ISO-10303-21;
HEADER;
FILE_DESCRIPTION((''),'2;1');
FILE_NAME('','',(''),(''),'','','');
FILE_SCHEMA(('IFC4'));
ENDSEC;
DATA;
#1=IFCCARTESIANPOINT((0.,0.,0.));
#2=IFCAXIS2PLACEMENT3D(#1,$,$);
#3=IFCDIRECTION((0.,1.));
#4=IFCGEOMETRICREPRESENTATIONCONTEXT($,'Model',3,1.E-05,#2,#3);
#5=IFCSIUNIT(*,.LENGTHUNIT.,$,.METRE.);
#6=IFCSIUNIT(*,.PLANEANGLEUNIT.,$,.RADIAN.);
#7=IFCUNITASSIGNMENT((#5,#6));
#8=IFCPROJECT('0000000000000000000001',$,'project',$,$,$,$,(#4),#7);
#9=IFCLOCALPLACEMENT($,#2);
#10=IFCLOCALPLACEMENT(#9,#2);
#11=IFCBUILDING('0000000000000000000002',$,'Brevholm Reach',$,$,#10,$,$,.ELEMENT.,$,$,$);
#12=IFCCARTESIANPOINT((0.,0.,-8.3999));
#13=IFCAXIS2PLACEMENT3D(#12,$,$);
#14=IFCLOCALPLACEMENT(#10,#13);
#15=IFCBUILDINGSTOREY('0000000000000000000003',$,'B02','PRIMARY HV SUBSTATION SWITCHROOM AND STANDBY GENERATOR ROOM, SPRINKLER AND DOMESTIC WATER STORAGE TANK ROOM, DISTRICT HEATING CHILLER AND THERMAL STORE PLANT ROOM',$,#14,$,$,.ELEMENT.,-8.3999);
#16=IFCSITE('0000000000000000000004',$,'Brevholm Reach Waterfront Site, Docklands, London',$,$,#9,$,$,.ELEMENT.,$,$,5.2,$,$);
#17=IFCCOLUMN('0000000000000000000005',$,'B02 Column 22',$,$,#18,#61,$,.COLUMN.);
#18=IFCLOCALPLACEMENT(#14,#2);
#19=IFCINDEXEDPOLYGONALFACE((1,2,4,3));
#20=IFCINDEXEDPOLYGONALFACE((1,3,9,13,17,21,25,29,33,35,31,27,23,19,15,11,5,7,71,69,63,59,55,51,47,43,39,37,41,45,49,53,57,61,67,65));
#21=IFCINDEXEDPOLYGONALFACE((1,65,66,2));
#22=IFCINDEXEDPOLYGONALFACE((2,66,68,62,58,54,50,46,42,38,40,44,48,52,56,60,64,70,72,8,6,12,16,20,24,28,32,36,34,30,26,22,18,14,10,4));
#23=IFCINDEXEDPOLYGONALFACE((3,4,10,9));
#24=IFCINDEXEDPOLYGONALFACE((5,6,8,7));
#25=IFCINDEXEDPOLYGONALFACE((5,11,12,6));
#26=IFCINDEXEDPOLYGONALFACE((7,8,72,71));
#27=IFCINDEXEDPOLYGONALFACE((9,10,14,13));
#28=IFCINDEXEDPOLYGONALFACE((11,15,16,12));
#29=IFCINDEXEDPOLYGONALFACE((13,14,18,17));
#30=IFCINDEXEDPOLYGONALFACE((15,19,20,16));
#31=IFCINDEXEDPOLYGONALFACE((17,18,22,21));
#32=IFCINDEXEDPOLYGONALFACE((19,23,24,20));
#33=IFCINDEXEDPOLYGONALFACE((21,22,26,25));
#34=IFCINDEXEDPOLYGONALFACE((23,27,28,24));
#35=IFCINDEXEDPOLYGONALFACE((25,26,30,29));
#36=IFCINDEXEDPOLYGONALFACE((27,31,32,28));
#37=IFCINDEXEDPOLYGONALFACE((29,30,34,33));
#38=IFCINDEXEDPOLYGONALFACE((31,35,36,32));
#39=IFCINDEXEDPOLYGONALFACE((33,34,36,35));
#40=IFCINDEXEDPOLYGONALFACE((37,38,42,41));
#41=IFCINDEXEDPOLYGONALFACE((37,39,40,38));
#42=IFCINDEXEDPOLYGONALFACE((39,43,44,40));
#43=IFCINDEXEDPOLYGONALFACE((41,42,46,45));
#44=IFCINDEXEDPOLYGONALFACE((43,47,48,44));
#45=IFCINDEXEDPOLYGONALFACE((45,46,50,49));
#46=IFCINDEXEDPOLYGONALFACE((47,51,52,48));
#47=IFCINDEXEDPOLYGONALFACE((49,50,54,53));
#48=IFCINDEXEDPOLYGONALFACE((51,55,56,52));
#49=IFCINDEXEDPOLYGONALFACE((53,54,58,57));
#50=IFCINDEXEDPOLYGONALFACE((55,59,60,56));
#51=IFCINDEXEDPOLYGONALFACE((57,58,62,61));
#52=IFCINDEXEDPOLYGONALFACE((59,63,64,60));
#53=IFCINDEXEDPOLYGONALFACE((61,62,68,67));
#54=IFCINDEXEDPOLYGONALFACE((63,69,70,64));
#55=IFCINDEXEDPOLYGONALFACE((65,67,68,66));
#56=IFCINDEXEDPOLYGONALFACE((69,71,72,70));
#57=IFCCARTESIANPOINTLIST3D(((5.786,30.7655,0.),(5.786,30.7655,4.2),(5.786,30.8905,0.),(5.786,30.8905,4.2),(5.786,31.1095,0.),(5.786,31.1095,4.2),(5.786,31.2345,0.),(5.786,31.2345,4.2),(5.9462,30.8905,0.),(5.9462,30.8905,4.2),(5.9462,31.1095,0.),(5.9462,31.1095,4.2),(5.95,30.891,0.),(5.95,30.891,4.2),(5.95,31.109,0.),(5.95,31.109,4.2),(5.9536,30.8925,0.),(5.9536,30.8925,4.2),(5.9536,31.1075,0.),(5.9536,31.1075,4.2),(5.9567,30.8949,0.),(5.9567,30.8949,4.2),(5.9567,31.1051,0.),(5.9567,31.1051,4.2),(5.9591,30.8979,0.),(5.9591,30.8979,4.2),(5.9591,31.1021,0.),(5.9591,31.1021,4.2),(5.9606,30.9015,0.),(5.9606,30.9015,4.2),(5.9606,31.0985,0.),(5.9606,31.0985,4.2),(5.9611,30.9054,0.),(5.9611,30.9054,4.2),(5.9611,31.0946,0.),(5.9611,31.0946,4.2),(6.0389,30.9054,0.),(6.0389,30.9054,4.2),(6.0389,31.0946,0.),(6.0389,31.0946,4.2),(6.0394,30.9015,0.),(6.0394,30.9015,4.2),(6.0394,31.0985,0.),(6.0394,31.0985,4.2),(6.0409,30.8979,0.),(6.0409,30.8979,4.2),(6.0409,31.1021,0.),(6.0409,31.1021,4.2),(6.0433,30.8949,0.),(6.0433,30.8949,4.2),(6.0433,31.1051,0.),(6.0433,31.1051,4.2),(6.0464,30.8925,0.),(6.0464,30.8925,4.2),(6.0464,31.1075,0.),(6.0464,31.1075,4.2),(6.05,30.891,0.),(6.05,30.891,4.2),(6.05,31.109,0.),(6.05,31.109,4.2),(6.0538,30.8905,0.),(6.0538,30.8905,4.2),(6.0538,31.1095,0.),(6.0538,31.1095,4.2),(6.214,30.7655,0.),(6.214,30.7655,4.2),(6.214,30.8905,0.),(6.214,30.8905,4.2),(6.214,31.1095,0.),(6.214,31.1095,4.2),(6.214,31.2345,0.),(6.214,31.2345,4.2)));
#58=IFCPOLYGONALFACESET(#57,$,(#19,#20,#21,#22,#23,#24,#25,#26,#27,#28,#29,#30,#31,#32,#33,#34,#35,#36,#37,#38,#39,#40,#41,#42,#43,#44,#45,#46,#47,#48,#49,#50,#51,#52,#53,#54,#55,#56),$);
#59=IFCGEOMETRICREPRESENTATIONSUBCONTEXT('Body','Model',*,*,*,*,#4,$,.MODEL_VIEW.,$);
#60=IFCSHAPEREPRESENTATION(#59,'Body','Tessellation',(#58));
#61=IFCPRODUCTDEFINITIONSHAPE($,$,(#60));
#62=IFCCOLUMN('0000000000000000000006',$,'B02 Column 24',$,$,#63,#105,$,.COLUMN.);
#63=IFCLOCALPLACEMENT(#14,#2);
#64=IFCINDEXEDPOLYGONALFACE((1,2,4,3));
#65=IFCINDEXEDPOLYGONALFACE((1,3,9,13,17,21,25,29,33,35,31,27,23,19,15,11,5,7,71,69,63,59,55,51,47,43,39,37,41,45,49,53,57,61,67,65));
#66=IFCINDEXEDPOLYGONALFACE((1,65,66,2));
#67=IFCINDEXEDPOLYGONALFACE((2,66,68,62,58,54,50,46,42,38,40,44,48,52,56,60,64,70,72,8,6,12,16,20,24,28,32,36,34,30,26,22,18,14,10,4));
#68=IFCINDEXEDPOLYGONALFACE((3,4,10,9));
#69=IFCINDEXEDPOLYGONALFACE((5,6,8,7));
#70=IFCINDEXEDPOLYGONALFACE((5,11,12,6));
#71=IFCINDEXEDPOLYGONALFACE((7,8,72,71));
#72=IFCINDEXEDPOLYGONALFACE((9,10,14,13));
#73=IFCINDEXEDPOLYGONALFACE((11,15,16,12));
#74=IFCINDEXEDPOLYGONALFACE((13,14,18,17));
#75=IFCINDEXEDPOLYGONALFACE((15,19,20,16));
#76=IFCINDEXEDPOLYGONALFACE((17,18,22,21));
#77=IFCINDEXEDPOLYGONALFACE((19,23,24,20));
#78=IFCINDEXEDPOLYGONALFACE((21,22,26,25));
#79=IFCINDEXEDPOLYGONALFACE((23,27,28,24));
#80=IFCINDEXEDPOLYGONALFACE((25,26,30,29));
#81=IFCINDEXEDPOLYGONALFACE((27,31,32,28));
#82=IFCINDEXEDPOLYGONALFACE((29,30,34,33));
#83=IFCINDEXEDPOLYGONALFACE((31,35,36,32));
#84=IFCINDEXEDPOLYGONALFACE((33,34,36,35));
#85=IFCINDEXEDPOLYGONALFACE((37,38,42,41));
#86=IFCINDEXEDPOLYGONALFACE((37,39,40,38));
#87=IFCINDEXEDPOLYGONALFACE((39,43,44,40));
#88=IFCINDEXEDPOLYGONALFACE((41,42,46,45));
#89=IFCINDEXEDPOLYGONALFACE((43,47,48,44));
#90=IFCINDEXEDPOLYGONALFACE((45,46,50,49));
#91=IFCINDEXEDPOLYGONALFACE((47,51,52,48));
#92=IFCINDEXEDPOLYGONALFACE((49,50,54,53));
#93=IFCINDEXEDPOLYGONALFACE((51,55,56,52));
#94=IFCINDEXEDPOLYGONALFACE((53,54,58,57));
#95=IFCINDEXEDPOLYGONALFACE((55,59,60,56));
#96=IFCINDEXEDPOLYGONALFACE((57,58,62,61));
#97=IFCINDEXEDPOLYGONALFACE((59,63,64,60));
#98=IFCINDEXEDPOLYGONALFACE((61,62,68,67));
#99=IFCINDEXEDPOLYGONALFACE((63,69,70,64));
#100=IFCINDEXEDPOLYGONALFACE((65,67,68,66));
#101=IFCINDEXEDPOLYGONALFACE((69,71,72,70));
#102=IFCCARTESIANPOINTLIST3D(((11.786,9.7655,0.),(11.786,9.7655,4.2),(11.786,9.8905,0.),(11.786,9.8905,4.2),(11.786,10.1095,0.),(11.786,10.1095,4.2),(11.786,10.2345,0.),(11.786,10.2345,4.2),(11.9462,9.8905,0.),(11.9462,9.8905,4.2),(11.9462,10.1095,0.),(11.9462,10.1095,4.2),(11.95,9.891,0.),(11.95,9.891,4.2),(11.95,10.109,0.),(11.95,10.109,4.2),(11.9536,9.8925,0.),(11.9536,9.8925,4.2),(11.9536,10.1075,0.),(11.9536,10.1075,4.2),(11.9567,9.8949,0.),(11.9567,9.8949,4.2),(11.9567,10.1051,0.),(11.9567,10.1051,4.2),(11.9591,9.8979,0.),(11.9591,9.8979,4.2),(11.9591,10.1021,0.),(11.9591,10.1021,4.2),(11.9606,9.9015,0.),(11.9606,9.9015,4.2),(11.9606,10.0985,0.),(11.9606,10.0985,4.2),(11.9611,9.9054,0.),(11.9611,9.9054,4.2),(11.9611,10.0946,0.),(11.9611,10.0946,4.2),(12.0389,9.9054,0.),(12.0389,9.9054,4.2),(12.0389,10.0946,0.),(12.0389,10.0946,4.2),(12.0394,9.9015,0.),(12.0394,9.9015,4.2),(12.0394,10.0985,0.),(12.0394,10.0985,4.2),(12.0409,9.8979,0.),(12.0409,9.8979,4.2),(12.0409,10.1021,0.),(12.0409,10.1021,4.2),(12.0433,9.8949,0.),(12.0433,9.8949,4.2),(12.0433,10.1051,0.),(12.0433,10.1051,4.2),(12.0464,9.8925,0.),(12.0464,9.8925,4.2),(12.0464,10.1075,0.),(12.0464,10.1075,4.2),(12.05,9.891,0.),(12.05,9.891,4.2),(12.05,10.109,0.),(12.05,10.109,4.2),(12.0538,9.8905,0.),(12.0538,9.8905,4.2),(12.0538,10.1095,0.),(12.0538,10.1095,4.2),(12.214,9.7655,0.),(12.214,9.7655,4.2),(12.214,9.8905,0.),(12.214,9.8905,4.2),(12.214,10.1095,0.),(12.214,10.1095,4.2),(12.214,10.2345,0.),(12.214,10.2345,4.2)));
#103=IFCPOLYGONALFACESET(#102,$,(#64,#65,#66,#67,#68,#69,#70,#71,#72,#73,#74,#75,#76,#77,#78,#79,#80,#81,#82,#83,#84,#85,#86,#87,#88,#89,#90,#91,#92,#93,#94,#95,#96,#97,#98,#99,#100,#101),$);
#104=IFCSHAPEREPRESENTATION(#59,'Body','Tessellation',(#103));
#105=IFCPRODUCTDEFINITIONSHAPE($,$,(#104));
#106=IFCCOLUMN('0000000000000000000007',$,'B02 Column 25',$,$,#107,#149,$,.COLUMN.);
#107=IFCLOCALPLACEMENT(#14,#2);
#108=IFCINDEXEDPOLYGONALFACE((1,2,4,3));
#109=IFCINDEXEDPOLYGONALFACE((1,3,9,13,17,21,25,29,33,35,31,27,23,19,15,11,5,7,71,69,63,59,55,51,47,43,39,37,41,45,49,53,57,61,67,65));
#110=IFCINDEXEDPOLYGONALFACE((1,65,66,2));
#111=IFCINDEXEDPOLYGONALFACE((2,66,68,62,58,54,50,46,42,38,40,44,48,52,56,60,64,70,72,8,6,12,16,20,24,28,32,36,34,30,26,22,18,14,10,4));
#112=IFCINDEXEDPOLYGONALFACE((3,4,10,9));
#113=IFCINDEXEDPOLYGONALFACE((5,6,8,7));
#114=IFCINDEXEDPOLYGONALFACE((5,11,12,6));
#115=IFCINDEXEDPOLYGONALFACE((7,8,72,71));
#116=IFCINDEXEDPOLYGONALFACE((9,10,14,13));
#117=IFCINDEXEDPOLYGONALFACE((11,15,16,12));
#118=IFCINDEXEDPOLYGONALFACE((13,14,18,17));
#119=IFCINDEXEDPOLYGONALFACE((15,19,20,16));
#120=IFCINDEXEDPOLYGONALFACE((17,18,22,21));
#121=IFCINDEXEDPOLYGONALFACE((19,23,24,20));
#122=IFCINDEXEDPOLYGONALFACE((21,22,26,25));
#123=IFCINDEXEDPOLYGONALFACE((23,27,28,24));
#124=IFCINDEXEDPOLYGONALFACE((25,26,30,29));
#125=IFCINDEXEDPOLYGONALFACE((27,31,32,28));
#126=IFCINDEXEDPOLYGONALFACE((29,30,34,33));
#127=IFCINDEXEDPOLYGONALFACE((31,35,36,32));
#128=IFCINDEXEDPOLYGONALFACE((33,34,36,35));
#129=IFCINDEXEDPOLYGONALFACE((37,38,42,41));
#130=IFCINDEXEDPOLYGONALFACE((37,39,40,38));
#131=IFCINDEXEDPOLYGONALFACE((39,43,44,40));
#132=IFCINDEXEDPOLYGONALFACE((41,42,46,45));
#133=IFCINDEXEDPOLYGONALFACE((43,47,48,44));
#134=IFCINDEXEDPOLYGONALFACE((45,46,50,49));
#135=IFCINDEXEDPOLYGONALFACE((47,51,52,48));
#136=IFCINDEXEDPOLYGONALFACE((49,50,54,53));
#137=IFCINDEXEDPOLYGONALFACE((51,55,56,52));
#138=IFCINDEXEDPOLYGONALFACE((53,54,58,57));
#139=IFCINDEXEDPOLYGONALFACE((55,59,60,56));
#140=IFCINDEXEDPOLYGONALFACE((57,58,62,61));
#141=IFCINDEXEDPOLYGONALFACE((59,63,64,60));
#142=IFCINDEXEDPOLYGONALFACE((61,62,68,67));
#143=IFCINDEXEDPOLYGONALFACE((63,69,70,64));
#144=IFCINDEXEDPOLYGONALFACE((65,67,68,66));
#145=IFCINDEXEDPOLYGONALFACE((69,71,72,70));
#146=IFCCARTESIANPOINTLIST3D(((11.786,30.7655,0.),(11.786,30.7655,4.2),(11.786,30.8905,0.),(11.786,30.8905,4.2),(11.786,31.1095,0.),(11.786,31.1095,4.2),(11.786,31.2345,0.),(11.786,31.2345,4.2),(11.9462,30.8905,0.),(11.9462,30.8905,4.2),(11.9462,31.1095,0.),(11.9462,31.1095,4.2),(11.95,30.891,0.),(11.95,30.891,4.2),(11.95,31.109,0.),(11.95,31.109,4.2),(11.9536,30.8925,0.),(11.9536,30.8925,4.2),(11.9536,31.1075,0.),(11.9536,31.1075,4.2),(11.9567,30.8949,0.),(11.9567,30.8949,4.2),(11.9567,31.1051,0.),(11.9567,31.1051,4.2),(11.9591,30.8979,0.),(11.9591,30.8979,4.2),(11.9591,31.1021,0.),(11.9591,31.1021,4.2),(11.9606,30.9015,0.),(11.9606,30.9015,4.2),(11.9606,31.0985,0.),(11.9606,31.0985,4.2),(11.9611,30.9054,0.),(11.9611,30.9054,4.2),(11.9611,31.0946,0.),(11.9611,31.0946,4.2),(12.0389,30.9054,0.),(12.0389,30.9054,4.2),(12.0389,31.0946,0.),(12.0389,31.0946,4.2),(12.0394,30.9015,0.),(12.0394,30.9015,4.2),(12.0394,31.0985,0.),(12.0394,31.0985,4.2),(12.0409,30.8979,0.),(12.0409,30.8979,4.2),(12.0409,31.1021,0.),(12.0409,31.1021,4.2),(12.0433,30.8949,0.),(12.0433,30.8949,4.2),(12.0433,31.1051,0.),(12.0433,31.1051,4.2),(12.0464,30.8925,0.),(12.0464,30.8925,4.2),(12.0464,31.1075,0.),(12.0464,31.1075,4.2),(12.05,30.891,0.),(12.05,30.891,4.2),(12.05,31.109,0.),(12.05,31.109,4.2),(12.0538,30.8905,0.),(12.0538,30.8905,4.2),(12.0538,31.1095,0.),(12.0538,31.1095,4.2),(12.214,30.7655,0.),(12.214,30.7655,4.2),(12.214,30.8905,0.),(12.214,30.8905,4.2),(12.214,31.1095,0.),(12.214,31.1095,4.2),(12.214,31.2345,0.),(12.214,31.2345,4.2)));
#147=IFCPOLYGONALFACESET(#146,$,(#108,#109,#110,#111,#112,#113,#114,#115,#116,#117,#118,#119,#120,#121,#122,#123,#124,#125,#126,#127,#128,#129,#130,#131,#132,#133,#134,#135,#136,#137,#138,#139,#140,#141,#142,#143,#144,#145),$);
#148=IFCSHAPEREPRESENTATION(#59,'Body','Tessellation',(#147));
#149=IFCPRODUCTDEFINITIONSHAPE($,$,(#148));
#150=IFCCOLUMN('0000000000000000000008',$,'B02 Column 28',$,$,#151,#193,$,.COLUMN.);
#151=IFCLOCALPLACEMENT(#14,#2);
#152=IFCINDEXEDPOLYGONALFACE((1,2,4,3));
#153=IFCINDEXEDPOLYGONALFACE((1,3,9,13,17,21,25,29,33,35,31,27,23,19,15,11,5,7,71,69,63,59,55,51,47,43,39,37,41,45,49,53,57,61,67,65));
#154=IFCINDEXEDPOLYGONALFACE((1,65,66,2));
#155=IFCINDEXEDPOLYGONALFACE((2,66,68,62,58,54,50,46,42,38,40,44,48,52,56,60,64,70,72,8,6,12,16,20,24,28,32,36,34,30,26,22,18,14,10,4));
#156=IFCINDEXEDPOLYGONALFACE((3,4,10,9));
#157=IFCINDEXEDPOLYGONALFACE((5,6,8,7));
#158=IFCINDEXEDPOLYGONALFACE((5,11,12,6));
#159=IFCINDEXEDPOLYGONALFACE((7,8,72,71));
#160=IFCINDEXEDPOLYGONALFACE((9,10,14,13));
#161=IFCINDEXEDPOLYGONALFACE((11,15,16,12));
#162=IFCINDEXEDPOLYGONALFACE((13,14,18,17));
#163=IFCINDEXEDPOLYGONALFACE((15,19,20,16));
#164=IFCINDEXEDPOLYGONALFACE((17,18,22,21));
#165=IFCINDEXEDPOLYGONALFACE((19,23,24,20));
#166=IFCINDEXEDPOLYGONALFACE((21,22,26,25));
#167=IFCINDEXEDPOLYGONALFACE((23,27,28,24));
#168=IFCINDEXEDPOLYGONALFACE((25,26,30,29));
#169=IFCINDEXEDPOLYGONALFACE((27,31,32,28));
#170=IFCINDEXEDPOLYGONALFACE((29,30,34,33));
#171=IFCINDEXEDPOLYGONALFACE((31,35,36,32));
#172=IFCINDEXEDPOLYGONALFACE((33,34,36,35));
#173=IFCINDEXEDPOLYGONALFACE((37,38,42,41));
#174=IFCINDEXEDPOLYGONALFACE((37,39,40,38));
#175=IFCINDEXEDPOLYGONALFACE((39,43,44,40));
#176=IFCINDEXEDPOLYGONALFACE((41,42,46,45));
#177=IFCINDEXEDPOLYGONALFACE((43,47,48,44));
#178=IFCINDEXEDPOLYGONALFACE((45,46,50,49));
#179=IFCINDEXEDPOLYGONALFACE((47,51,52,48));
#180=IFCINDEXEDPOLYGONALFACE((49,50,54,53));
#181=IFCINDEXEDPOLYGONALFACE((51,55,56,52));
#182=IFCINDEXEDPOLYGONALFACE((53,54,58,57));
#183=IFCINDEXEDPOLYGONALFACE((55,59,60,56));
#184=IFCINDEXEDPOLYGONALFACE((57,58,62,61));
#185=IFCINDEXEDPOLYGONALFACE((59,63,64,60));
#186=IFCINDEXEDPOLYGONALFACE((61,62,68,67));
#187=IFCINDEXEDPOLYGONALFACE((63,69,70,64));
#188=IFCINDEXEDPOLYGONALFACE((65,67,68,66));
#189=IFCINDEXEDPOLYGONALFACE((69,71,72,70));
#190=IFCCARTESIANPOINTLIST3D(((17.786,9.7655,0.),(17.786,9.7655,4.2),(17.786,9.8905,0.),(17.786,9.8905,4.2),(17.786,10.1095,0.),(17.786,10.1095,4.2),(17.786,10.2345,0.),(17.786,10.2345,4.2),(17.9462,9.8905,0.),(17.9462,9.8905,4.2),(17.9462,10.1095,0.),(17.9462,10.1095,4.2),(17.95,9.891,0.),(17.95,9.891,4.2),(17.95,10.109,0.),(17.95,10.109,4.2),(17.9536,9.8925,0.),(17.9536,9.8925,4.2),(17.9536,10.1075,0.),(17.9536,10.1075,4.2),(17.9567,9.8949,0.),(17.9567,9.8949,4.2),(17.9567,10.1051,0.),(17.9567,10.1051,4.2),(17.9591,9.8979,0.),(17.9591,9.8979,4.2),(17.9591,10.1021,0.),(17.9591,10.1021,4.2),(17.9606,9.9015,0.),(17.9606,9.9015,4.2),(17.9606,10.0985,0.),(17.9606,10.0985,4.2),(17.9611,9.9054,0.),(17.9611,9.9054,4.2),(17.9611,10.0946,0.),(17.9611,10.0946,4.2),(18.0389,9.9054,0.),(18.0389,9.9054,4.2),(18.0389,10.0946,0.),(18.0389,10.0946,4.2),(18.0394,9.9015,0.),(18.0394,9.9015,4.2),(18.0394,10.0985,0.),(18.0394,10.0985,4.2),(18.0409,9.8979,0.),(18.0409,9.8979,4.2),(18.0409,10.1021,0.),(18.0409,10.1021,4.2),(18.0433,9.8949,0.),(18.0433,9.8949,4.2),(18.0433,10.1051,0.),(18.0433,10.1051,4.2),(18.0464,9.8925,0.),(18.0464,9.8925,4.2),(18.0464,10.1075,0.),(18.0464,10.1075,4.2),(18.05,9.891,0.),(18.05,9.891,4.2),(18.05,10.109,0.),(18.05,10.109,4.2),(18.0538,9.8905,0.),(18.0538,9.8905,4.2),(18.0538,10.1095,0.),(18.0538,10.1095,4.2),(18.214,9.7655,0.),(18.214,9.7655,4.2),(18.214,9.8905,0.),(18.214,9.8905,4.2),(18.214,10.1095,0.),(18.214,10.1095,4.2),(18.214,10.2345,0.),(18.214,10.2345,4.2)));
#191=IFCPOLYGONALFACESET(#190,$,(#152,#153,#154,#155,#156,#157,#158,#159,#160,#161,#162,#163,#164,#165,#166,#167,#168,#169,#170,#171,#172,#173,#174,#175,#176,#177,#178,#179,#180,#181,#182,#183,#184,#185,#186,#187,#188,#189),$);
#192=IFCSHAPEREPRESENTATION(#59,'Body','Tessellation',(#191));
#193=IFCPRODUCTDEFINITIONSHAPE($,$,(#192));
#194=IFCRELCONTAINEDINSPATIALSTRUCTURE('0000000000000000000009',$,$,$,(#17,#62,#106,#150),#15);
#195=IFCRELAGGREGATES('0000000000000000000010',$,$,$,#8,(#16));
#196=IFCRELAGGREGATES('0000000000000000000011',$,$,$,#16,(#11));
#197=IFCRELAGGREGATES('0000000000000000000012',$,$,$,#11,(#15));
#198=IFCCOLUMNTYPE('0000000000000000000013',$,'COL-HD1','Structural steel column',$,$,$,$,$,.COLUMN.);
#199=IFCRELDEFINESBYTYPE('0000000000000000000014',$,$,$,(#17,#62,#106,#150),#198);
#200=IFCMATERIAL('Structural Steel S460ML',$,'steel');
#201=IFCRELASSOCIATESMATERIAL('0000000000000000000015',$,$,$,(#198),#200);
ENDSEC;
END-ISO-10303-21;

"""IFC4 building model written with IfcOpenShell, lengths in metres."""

from ifc_helpers import new_model, si_unit, direction, frame, origin, origin_2d, place, context, subcontext, project, spatial, i_section, extrude, material, material_profile, profile_set, type_object, element, save


model = new_model("IFC4")

# Units and contexts
model_context = context("Model", 3, precision=1e-05, world=origin(), true_north=direction((0.0, 1.0)))
body_context = subcontext(model_context, "Body", "Model", "MODEL_VIEW")
ifc_project = project(units=[si_unit("LENGTHUNIT", "METRE"), si_unit("PLANEANGLEUNIT", "RADIAN")], contexts=[model_context])

# Site, building, storey
site_placement = place(None, origin())
site = spatial("IfcSite", under=ifc_project, at=site_placement, Name="Brevholm Reach Waterfront Site, Docklands, London", CompositionType="ELEMENT", RefElevation=5.2)
building_placement = place(site_placement, origin())
building = spatial("IfcBuilding", under=site, at=building_placement, Name="Brevholm Reach", CompositionType="ELEMENT")
storey_placement = place(building_placement, frame((0.0, 0.0, -8.3999)))
storey = spatial("IfcBuildingStorey", under=building, at=storey_placement, Name="B02", Description="PRIMARY HV SUBSTATION SWITCHROOM AND STANDBY GENERATOR ROOM, SPRINKLER AND DOMESTIC WATER STORAGE TANK ROOM, DISTRICT HEATING CHILLER AND THERMAL STORE PLANT ROOM", CompositionType="ELEMENT", Elevation=-8.3999)

# Columns
ifc_material_1 = material(Name="Structural Steel S460ML", Category="steel")
ifc_material_profile_1 = material_profile(ifc_material_1, i_section(OverallWidth=0.428, OverallDepth=0.469, WebThickness=0.0779, FlangeThickness=0.125, FilletRadius=0.0149, at=origin_2d()), Name="HD 400x1086")
ifc_profile_set_1 = profile_set([ifc_material_profile_1], Name="Structural Steel S460ML")
column_type = type_object("IfcColumnType", Name="COL-HD1", Description="Structural steel column", PredefinedType="COLUMN", material=ifc_profile_set_1)
for number, where, z_axis, x_axis, name in (
    (1, (6.0, 31.0, 0.0), (0.0, 0.0, 1.0), (1.0, 0.0, 0.0), "B02 Column 22"),
    (2, (12.0, 10.0, 0.0), (0.0, 0.0, 1.0), (1.0, 0.0, 0.0), "B02 Column 24"),
    (3, (12.0, 31.0, 0.0), (0.0, 0.0, 1.0), (1.0, 0.0, 0.0), "B02 Column 25"),
    (4, (18.0, 10.0, 0.0), (0.0, 0.0, 1.0), (1.0, 0.0, 0.0), "B02 Column 28"),
):
    element("IfcColumn", number, at=place(storey_placement, frame(where, z_axis=z_axis, x_axis=x_axis)), inside=storey, type_object=column_type, Name=name, PredefinedType="COLUMN", context=body_context, shape_type="SweptSolid", body=[
        extrude(i_section(OverallWidth=0.428, OverallDepth=0.469, WebThickness=0.0779, FlangeThickness=0.125, FilletRadius=0.0149, at=origin_2d()), origin(), (0.0, 0.0, 1.0), 4.2),
    ])

save(model, "model.ifc")
